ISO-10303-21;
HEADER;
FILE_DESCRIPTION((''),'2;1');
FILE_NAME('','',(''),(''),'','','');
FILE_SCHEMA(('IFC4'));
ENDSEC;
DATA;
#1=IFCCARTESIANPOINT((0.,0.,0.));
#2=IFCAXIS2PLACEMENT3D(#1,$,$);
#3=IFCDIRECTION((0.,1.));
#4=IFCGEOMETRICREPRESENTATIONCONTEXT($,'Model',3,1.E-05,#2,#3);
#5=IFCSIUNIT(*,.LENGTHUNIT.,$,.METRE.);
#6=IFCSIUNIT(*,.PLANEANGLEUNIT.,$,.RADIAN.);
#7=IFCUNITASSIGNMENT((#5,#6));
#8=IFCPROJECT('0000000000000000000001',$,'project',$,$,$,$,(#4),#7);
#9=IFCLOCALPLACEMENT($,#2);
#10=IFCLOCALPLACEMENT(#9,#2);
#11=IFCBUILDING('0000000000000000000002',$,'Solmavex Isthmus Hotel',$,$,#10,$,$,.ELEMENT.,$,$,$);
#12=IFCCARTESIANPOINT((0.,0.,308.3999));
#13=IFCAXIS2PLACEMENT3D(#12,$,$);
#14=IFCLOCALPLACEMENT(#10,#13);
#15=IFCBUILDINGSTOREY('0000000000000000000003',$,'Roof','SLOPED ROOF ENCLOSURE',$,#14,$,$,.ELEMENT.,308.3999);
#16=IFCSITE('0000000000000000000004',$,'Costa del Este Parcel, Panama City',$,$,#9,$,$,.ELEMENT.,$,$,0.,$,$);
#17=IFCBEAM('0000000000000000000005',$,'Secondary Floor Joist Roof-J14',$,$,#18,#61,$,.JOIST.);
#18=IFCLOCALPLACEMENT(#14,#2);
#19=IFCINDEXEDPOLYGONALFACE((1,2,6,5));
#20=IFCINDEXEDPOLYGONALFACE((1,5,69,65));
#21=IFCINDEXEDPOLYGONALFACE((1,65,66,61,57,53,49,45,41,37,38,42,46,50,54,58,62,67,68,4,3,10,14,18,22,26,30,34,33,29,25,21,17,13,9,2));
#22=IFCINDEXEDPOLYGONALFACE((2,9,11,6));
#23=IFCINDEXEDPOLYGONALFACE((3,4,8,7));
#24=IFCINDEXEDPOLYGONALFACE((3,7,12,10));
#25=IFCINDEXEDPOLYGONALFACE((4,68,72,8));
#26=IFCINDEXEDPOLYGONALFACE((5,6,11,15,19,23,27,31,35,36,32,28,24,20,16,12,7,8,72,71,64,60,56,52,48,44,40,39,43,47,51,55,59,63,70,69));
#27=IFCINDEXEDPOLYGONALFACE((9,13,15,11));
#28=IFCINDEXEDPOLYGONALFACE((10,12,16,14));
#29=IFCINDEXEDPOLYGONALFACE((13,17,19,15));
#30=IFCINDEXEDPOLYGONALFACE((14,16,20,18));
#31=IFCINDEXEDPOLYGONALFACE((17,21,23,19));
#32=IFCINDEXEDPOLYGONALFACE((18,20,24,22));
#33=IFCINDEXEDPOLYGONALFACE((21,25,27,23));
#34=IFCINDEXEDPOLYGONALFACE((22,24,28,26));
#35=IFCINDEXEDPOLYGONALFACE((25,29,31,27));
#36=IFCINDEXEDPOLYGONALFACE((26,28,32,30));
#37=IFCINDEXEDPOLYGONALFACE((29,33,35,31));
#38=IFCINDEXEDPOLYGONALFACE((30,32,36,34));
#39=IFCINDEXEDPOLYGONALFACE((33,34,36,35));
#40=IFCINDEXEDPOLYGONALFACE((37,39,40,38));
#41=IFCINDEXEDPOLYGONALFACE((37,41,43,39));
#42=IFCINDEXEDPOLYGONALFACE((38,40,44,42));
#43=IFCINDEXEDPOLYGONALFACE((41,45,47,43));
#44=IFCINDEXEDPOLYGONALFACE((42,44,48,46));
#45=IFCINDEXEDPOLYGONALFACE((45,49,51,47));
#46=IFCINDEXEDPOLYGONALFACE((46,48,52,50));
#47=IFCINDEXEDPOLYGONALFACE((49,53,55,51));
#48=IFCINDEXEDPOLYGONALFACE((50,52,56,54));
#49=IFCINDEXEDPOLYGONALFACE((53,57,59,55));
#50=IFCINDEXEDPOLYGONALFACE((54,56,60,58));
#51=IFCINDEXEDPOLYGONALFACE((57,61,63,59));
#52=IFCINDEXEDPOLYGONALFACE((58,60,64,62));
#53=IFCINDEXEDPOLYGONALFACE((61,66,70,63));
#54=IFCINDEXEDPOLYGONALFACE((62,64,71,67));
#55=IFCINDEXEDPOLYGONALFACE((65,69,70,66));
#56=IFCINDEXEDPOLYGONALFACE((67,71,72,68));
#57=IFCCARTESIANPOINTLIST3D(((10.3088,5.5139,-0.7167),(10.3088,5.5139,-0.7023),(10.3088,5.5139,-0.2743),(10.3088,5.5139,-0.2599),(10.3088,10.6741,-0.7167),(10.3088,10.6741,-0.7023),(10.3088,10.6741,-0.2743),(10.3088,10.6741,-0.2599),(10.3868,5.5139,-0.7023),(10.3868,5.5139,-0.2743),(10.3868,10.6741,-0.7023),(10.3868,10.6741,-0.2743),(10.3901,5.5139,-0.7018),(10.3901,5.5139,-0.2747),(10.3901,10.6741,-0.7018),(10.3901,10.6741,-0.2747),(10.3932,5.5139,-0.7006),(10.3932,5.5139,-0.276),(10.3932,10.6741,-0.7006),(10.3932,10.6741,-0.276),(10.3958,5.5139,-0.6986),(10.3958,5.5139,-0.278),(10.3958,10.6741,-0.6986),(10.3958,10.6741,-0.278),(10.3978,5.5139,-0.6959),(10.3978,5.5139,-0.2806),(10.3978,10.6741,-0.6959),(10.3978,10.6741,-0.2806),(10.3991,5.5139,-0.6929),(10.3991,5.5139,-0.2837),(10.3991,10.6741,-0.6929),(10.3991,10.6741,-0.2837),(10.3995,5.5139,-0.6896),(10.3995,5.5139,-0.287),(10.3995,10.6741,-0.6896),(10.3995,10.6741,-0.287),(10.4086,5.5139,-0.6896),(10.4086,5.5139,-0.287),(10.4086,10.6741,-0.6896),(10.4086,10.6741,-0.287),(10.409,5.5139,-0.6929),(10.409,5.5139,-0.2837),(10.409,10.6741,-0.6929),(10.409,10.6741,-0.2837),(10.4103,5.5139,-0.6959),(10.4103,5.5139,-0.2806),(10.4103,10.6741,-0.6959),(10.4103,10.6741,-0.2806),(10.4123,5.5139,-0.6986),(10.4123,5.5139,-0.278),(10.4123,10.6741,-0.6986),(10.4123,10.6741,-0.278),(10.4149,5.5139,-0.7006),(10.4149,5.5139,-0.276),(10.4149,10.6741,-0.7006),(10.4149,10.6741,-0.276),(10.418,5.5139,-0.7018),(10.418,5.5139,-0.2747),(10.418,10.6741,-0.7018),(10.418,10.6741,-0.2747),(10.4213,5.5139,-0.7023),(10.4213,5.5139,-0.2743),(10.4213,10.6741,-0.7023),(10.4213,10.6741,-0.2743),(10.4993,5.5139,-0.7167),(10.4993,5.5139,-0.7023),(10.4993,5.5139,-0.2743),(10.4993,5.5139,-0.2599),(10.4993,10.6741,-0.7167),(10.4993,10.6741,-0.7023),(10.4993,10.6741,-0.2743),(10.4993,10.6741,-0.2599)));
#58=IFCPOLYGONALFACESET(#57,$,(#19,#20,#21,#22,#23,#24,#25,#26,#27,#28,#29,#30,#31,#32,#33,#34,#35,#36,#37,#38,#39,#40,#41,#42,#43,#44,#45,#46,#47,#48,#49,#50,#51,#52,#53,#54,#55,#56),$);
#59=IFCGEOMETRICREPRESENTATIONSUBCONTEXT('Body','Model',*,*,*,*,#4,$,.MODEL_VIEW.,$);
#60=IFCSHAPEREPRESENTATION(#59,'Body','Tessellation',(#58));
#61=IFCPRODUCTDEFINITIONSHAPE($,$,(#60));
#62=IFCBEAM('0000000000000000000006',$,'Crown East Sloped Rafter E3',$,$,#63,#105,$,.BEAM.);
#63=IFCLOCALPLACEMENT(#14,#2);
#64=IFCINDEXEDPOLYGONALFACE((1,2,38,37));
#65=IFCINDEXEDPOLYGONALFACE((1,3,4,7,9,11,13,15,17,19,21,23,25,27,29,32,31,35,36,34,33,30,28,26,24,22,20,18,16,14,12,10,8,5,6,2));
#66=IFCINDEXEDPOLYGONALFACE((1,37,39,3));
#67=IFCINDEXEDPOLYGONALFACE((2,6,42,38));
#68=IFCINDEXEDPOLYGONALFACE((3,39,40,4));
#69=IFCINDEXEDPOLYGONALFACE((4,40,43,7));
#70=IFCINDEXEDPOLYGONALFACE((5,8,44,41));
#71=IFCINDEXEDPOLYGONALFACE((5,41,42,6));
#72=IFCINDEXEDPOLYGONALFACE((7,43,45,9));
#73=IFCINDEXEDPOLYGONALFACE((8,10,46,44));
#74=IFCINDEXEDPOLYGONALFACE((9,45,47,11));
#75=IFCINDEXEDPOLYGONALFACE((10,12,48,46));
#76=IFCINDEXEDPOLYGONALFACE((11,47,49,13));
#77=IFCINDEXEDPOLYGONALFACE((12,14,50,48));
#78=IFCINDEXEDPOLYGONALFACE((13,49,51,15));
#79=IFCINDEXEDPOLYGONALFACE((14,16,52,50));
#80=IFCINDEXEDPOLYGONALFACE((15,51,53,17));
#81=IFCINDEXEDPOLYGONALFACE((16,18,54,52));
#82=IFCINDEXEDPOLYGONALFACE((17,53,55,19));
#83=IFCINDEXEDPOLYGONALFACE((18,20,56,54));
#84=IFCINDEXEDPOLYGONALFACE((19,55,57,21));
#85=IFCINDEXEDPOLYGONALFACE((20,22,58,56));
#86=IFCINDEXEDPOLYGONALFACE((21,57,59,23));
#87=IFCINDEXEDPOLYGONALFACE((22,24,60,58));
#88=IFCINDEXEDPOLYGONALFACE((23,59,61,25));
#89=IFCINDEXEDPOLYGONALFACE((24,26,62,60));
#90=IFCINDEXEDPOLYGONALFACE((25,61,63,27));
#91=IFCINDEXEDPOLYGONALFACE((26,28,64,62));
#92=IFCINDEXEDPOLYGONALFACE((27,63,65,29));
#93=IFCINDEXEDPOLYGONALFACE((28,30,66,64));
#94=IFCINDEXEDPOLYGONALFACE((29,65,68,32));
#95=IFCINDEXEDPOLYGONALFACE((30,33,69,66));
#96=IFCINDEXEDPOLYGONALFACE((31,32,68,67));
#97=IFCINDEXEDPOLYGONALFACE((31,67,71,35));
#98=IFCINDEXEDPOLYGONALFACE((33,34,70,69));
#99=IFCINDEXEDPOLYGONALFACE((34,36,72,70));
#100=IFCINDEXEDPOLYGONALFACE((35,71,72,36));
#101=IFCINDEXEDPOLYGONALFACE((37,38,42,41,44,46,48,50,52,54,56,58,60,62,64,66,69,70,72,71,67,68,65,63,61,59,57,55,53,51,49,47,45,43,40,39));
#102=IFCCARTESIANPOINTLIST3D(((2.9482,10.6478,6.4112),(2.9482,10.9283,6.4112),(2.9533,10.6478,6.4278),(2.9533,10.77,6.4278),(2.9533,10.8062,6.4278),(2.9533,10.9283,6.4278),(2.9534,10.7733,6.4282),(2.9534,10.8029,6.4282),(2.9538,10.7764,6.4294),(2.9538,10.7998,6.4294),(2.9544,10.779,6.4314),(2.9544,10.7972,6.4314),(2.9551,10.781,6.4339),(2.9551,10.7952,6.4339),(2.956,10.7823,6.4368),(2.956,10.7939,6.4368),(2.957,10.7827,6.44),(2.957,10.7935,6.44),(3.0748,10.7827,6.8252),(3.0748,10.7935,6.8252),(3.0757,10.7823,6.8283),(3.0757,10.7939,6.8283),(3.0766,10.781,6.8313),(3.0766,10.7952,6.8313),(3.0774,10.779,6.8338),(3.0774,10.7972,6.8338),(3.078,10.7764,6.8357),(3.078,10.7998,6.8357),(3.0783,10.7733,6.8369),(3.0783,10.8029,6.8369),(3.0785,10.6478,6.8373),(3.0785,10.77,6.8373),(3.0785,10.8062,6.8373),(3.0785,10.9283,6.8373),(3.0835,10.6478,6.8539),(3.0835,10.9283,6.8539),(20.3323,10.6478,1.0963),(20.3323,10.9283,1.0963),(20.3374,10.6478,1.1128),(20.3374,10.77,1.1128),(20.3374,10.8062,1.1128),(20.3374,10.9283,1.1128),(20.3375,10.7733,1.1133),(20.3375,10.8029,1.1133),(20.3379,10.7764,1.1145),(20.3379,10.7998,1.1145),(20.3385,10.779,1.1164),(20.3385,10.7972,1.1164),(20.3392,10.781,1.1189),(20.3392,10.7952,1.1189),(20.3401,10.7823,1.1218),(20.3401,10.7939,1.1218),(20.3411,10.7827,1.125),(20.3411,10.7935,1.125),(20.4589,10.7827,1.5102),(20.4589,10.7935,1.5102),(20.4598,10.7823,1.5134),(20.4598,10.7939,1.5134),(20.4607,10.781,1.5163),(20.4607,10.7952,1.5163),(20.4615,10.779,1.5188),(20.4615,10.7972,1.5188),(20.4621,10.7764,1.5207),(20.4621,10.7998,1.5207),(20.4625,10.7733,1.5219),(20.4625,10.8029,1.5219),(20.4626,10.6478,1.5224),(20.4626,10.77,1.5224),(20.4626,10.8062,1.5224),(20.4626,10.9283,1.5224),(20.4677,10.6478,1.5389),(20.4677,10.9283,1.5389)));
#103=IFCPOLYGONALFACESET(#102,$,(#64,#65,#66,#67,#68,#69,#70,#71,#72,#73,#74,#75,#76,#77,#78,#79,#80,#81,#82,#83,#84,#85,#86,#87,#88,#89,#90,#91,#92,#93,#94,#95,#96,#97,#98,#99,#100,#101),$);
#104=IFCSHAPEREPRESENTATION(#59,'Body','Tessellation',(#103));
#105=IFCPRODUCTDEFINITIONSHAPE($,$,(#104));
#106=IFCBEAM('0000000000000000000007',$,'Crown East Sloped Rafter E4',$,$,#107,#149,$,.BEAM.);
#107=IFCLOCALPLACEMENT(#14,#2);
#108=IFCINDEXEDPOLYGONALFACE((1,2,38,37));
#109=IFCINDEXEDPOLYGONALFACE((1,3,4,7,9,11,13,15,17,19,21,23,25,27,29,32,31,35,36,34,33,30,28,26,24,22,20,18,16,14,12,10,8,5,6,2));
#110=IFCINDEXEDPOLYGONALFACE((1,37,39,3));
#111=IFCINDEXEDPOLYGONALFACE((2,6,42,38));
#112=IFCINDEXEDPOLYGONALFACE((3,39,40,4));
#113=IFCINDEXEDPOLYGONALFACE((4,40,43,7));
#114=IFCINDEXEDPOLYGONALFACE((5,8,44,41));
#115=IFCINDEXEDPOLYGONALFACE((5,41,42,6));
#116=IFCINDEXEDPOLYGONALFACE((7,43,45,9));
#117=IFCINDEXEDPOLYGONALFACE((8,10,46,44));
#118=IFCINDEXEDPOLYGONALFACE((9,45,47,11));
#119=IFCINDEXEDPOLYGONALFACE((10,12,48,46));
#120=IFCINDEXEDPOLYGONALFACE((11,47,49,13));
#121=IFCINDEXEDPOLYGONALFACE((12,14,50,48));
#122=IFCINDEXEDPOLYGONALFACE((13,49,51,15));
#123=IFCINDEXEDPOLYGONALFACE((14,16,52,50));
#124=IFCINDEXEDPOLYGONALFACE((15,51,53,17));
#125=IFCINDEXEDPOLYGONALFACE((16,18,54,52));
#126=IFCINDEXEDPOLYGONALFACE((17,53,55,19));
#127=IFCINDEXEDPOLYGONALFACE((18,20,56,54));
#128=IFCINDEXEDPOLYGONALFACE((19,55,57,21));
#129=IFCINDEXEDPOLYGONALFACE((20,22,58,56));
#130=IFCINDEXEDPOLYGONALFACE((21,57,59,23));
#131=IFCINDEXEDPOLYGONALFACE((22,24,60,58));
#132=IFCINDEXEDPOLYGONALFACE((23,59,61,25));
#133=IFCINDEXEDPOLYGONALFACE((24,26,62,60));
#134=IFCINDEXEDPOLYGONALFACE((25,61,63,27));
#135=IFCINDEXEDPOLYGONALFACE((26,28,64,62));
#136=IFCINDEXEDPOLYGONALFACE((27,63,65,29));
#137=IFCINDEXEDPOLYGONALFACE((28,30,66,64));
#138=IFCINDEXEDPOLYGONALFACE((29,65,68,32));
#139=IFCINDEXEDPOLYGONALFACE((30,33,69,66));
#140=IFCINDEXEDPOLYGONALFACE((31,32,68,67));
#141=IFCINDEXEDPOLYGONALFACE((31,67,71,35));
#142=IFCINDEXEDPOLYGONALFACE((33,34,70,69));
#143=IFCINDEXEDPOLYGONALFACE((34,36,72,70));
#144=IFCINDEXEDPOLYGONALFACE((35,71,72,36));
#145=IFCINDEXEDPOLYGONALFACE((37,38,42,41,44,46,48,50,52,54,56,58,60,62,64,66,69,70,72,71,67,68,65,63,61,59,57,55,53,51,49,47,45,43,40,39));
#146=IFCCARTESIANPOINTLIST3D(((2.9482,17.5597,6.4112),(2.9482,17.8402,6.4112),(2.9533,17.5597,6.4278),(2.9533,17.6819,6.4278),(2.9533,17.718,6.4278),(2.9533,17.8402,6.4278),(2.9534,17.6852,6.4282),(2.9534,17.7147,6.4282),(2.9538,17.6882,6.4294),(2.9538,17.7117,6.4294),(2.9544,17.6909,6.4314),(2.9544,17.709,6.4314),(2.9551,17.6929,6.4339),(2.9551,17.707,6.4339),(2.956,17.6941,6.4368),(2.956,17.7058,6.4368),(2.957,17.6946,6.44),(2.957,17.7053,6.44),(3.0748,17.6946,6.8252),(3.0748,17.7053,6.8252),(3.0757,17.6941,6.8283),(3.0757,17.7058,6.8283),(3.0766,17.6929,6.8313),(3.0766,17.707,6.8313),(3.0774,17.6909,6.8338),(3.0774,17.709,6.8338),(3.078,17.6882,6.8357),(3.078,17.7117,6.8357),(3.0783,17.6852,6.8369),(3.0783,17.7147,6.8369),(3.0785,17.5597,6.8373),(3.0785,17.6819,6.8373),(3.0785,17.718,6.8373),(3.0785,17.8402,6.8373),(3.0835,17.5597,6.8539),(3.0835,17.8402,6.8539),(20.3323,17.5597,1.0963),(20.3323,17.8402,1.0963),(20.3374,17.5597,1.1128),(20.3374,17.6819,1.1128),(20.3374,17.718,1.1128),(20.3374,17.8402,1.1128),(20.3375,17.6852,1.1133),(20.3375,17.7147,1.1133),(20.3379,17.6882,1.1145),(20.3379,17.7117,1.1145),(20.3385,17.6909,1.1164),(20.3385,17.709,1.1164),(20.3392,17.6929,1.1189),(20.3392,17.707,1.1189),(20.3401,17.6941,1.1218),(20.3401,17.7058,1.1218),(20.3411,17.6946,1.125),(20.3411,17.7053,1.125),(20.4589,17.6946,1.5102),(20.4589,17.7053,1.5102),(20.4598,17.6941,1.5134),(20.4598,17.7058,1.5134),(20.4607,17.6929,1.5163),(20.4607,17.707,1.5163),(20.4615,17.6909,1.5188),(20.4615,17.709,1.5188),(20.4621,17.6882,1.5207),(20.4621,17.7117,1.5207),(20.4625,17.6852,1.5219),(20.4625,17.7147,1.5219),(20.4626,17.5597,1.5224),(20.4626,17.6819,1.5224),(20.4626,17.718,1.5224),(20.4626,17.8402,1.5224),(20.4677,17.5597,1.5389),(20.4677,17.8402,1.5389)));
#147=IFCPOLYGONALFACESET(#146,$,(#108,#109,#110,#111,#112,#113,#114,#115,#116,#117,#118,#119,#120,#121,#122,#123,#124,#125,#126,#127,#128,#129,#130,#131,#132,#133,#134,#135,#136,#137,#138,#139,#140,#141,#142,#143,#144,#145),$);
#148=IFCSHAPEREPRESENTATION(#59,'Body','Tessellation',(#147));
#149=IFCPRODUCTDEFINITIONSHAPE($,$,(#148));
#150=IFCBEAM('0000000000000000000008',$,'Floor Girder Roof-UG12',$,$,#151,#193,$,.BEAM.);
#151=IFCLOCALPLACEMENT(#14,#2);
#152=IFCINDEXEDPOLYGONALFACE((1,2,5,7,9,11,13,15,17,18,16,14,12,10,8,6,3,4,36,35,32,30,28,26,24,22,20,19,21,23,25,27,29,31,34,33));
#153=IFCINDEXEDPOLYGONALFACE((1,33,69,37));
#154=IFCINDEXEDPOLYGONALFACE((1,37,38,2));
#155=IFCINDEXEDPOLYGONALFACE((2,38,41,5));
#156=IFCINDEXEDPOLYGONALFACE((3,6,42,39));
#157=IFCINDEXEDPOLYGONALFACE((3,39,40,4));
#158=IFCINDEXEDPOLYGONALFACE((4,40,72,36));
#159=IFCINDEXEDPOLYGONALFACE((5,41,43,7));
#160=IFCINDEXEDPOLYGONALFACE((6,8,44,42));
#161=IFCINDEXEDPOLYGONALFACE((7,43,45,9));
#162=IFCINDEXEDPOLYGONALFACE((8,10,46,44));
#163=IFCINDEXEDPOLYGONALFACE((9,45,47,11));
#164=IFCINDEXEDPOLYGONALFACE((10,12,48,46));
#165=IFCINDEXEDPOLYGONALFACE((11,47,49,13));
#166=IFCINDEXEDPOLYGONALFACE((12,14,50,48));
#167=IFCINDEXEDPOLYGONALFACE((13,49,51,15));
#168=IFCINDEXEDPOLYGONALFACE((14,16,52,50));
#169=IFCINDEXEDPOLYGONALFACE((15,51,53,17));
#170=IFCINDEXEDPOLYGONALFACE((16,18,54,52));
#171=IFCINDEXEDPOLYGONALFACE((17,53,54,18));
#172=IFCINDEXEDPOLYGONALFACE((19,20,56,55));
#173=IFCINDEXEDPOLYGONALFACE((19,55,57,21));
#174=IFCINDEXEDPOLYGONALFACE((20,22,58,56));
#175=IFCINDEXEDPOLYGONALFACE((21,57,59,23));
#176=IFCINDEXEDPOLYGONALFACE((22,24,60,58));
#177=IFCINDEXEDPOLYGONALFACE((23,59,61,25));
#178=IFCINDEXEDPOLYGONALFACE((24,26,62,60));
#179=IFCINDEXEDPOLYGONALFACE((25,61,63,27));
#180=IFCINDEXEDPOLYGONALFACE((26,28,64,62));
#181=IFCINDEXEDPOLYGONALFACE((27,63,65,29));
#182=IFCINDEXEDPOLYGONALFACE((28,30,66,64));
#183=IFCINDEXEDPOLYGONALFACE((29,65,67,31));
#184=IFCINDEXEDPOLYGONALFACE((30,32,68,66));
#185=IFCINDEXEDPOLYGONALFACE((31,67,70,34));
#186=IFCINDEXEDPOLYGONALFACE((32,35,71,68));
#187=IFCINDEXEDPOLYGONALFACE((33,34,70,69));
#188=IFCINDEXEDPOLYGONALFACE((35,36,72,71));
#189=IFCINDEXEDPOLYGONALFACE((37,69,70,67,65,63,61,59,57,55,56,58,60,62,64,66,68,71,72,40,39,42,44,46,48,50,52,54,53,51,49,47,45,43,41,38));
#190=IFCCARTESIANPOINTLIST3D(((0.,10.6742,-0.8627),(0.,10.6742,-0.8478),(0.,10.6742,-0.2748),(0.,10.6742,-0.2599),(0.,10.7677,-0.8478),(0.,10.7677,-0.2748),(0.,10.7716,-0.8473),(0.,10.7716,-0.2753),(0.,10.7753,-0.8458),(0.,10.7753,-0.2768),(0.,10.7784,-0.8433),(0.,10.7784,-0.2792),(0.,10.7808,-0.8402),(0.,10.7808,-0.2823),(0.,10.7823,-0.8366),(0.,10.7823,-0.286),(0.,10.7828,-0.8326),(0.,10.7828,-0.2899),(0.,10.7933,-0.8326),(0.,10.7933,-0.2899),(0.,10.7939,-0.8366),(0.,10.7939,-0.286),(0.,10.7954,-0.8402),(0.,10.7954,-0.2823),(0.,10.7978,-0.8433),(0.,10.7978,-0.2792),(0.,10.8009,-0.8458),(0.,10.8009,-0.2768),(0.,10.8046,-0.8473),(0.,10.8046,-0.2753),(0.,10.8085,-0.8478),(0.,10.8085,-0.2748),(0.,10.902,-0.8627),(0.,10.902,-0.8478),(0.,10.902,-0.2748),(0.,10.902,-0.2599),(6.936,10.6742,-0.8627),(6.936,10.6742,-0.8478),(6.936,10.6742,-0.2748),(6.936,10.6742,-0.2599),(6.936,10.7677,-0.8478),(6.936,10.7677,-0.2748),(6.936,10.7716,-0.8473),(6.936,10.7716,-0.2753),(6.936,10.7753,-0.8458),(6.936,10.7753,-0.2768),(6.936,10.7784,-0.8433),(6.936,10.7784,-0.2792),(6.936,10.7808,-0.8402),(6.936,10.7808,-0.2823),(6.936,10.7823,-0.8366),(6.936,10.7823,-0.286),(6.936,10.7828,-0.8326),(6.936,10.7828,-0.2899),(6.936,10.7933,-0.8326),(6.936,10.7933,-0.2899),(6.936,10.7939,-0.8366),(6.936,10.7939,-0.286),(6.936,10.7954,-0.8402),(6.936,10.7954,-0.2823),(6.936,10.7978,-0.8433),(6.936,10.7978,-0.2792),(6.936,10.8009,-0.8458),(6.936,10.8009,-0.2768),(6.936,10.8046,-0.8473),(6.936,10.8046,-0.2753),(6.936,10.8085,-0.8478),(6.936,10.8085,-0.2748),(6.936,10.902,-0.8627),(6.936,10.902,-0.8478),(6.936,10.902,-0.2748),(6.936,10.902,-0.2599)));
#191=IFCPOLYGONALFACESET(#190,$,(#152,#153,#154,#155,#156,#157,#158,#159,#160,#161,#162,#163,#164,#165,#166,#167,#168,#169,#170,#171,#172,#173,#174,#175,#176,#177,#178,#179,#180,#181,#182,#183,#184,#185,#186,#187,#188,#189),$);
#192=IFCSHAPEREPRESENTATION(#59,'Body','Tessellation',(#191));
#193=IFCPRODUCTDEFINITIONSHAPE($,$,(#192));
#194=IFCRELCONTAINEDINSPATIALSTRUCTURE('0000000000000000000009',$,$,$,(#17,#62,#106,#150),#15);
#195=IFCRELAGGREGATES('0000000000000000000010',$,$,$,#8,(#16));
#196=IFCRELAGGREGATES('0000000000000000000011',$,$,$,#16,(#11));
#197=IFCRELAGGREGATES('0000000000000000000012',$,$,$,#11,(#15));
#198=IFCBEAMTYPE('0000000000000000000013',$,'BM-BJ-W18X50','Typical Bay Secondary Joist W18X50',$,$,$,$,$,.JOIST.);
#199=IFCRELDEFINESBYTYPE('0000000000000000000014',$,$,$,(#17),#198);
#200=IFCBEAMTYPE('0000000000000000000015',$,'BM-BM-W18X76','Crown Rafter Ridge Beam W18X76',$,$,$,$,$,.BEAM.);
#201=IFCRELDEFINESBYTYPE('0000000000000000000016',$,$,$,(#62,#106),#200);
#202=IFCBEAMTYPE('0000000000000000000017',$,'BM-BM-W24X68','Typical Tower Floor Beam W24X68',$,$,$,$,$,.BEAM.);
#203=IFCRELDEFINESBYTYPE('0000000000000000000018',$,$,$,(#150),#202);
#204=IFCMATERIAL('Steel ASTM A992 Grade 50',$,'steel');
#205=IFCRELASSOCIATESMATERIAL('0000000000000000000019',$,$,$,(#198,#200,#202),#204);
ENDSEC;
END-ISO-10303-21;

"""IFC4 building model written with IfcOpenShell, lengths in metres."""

from ifc_helpers import new_model, si_unit, direction, frame, origin, origin_2d, place, context, subcontext, project, spatial, i_section, extrude, material, material_profile, profile_set, type_object, element, save


model = new_model("IFC4")

# Units and contexts
model_context = context("Model", 3, precision=1e-05, world=origin(), true_north=direction((0.0, 1.0)))
body_context = subcontext(model_context, "Body", "Model", "MODEL_VIEW")
ifc_project = project(units=[si_unit("LENGTHUNIT", "METRE"), si_unit("PLANEANGLEUNIT", "RADIAN")], contexts=[model_context])

# Site, building, storey
site_placement = place(None, origin())
site = spatial("IfcSite", under=ifc_project, at=site_placement, Name="Costa del Este Parcel, Panama City", CompositionType="ELEMENT", RefElevation=0.0)
building_placement = place(site_placement, origin())
building = spatial("IfcBuilding", under=site, at=building_placement, Name="Solmavex Isthmus Hotel", CompositionType="ELEMENT")
storey_placement = place(building_placement, frame((0.0, 0.0, 308.3999)))
storey = spatial("IfcBuildingStorey", under=building, at=storey_placement, Name="Roof", Description="SLOPED ROOF ENCLOSURE", CompositionType="ELEMENT", Elevation=308.3999)

# Beams
ifc_material_1 = material(Name="Steel ASTM A992 Grade 50", Category="steel")
ifc_material_profile_1 = material_profile(ifc_material_1, i_section(OverallWidth=0.1904, OverallDepth=0.4568, WebThickness=0.009, FlangeThickness=0.0144, FilletRadius=0.0127, at=origin_2d()), Name="W18X50")
ifc_profile_set_1 = profile_set([ifc_material_profile_1], Name="Steel ASTM A992 Grade 50")
beam_type_1 = type_object("IfcBeamType", Name="BM-BJ-W18X50", Description="Typical Bay Secondary Joist W18X50", PredefinedType="JOIST", material=ifc_profile_set_1)
beam_1_placement = place(storey_placement, frame((10.4041, 5.5139, -0.4883), z_axis=(0.0, 1.0, 0.0), x_axis=(-1.0, 0.0, 0.0)))
element("IfcBeam", 1, at=beam_1_placement, inside=storey, type_object=beam_type_1, Name="Secondary Floor Joist Roof-J14", PredefinedType="JOIST", context=body_context, shape_type="SweptSolid", body=[
    extrude(i_section(OverallWidth=0.1904, OverallDepth=0.4568, WebThickness=0.009, FlangeThickness=0.0144, FilletRadius=0.0127, at=origin_2d()), origin(), (0.0, 0.0, 1.0), 5.1602),
])
ifc_material_profile_2 = material_profile(ifc_material_1, i_section(OverallWidth=0.2805, OverallDepth=0.4629, WebThickness=0.0107, FlangeThickness=0.0173, FilletRadius=0.0127, at=origin_2d()), Name="W18X76")
ifc_profile_set_2 = profile_set([ifc_material_profile_2], Name="Steel ASTM A992 Grade 50")
beam_type_2 = type_object("IfcBeamType", Name="BM-BM-W18X76", Description="Crown Rafter Ridge Beam W18X76", PredefinedType="BEAM", material=ifc_profile_set_2)
for number, where, z_axis, x_axis, name in (
    (2, (3.0159, 10.7881, 6.6326), (0.956303, 0.0, -0.292377), (0.0, 1.0, 0.0), "Crown East Sloped Rafter E3"),
    (3, (3.0159, 17.7, 6.6326), (0.956303, 0.0, -0.292377), (0.0, 1.0, 0.0), "Crown East Sloped Rafter E4"),
):
    element("IfcBeam", number, at=place(storey_placement, frame(where, z_axis=z_axis, x_axis=x_axis)), inside=storey, type_object=beam_type_2, Name=name, PredefinedType="BEAM", context=body_context, shape_type="SweptSolid", body=[
        extrude(i_section(OverallWidth=0.2805, OverallDepth=0.4629, WebThickness=0.0107, FlangeThickness=0.0173, FilletRadius=0.0127, at=origin_2d()), origin(), (0.0, 0.0, 1.0), 18.1785),
    ])
ifc_material_profile_3 = material_profile(ifc_material_1, i_section(OverallWidth=0.2278, OverallDepth=0.6028, WebThickness=0.0105, FlangeThickness=0.0149, FilletRadius=0.0151, at=origin_2d()), Name="W24X68")
ifc_profile_set_3 = profile_set([ifc_material_profile_3], Name="Steel ASTM A992 Grade 50")
beam_type_3 = type_object("IfcBeamType", Name="BM-BM-W24X68", Description="Typical Tower Floor Beam W24X68", PredefinedType="BEAM", material=ifc_profile_set_3)
for number, where, z_axis, x_axis, name in (
    (4, (0.0, 10.7881, -0.5613), (1.0, 0.0, 0.0), (0.0, 1.0, 0.0), "Floor Girder Roof-UG12"),
):
    element("IfcBeam", number, at=place(storey_placement, frame(where, z_axis=z_axis, x_axis=x_axis)), inside=storey, type_object=beam_type_3, Name=name, PredefinedType="BEAM", context=body_context, shape_type="SweptSolid", body=[
        extrude(i_section(OverallWidth=0.2278, OverallDepth=0.6028, WebThickness=0.0105, FlangeThickness=0.0149, FilletRadius=0.0151, at=origin_2d()), origin(), (0.0, 0.0, 1.0), 6.936),
    ])

save(model, "model.ifc")
